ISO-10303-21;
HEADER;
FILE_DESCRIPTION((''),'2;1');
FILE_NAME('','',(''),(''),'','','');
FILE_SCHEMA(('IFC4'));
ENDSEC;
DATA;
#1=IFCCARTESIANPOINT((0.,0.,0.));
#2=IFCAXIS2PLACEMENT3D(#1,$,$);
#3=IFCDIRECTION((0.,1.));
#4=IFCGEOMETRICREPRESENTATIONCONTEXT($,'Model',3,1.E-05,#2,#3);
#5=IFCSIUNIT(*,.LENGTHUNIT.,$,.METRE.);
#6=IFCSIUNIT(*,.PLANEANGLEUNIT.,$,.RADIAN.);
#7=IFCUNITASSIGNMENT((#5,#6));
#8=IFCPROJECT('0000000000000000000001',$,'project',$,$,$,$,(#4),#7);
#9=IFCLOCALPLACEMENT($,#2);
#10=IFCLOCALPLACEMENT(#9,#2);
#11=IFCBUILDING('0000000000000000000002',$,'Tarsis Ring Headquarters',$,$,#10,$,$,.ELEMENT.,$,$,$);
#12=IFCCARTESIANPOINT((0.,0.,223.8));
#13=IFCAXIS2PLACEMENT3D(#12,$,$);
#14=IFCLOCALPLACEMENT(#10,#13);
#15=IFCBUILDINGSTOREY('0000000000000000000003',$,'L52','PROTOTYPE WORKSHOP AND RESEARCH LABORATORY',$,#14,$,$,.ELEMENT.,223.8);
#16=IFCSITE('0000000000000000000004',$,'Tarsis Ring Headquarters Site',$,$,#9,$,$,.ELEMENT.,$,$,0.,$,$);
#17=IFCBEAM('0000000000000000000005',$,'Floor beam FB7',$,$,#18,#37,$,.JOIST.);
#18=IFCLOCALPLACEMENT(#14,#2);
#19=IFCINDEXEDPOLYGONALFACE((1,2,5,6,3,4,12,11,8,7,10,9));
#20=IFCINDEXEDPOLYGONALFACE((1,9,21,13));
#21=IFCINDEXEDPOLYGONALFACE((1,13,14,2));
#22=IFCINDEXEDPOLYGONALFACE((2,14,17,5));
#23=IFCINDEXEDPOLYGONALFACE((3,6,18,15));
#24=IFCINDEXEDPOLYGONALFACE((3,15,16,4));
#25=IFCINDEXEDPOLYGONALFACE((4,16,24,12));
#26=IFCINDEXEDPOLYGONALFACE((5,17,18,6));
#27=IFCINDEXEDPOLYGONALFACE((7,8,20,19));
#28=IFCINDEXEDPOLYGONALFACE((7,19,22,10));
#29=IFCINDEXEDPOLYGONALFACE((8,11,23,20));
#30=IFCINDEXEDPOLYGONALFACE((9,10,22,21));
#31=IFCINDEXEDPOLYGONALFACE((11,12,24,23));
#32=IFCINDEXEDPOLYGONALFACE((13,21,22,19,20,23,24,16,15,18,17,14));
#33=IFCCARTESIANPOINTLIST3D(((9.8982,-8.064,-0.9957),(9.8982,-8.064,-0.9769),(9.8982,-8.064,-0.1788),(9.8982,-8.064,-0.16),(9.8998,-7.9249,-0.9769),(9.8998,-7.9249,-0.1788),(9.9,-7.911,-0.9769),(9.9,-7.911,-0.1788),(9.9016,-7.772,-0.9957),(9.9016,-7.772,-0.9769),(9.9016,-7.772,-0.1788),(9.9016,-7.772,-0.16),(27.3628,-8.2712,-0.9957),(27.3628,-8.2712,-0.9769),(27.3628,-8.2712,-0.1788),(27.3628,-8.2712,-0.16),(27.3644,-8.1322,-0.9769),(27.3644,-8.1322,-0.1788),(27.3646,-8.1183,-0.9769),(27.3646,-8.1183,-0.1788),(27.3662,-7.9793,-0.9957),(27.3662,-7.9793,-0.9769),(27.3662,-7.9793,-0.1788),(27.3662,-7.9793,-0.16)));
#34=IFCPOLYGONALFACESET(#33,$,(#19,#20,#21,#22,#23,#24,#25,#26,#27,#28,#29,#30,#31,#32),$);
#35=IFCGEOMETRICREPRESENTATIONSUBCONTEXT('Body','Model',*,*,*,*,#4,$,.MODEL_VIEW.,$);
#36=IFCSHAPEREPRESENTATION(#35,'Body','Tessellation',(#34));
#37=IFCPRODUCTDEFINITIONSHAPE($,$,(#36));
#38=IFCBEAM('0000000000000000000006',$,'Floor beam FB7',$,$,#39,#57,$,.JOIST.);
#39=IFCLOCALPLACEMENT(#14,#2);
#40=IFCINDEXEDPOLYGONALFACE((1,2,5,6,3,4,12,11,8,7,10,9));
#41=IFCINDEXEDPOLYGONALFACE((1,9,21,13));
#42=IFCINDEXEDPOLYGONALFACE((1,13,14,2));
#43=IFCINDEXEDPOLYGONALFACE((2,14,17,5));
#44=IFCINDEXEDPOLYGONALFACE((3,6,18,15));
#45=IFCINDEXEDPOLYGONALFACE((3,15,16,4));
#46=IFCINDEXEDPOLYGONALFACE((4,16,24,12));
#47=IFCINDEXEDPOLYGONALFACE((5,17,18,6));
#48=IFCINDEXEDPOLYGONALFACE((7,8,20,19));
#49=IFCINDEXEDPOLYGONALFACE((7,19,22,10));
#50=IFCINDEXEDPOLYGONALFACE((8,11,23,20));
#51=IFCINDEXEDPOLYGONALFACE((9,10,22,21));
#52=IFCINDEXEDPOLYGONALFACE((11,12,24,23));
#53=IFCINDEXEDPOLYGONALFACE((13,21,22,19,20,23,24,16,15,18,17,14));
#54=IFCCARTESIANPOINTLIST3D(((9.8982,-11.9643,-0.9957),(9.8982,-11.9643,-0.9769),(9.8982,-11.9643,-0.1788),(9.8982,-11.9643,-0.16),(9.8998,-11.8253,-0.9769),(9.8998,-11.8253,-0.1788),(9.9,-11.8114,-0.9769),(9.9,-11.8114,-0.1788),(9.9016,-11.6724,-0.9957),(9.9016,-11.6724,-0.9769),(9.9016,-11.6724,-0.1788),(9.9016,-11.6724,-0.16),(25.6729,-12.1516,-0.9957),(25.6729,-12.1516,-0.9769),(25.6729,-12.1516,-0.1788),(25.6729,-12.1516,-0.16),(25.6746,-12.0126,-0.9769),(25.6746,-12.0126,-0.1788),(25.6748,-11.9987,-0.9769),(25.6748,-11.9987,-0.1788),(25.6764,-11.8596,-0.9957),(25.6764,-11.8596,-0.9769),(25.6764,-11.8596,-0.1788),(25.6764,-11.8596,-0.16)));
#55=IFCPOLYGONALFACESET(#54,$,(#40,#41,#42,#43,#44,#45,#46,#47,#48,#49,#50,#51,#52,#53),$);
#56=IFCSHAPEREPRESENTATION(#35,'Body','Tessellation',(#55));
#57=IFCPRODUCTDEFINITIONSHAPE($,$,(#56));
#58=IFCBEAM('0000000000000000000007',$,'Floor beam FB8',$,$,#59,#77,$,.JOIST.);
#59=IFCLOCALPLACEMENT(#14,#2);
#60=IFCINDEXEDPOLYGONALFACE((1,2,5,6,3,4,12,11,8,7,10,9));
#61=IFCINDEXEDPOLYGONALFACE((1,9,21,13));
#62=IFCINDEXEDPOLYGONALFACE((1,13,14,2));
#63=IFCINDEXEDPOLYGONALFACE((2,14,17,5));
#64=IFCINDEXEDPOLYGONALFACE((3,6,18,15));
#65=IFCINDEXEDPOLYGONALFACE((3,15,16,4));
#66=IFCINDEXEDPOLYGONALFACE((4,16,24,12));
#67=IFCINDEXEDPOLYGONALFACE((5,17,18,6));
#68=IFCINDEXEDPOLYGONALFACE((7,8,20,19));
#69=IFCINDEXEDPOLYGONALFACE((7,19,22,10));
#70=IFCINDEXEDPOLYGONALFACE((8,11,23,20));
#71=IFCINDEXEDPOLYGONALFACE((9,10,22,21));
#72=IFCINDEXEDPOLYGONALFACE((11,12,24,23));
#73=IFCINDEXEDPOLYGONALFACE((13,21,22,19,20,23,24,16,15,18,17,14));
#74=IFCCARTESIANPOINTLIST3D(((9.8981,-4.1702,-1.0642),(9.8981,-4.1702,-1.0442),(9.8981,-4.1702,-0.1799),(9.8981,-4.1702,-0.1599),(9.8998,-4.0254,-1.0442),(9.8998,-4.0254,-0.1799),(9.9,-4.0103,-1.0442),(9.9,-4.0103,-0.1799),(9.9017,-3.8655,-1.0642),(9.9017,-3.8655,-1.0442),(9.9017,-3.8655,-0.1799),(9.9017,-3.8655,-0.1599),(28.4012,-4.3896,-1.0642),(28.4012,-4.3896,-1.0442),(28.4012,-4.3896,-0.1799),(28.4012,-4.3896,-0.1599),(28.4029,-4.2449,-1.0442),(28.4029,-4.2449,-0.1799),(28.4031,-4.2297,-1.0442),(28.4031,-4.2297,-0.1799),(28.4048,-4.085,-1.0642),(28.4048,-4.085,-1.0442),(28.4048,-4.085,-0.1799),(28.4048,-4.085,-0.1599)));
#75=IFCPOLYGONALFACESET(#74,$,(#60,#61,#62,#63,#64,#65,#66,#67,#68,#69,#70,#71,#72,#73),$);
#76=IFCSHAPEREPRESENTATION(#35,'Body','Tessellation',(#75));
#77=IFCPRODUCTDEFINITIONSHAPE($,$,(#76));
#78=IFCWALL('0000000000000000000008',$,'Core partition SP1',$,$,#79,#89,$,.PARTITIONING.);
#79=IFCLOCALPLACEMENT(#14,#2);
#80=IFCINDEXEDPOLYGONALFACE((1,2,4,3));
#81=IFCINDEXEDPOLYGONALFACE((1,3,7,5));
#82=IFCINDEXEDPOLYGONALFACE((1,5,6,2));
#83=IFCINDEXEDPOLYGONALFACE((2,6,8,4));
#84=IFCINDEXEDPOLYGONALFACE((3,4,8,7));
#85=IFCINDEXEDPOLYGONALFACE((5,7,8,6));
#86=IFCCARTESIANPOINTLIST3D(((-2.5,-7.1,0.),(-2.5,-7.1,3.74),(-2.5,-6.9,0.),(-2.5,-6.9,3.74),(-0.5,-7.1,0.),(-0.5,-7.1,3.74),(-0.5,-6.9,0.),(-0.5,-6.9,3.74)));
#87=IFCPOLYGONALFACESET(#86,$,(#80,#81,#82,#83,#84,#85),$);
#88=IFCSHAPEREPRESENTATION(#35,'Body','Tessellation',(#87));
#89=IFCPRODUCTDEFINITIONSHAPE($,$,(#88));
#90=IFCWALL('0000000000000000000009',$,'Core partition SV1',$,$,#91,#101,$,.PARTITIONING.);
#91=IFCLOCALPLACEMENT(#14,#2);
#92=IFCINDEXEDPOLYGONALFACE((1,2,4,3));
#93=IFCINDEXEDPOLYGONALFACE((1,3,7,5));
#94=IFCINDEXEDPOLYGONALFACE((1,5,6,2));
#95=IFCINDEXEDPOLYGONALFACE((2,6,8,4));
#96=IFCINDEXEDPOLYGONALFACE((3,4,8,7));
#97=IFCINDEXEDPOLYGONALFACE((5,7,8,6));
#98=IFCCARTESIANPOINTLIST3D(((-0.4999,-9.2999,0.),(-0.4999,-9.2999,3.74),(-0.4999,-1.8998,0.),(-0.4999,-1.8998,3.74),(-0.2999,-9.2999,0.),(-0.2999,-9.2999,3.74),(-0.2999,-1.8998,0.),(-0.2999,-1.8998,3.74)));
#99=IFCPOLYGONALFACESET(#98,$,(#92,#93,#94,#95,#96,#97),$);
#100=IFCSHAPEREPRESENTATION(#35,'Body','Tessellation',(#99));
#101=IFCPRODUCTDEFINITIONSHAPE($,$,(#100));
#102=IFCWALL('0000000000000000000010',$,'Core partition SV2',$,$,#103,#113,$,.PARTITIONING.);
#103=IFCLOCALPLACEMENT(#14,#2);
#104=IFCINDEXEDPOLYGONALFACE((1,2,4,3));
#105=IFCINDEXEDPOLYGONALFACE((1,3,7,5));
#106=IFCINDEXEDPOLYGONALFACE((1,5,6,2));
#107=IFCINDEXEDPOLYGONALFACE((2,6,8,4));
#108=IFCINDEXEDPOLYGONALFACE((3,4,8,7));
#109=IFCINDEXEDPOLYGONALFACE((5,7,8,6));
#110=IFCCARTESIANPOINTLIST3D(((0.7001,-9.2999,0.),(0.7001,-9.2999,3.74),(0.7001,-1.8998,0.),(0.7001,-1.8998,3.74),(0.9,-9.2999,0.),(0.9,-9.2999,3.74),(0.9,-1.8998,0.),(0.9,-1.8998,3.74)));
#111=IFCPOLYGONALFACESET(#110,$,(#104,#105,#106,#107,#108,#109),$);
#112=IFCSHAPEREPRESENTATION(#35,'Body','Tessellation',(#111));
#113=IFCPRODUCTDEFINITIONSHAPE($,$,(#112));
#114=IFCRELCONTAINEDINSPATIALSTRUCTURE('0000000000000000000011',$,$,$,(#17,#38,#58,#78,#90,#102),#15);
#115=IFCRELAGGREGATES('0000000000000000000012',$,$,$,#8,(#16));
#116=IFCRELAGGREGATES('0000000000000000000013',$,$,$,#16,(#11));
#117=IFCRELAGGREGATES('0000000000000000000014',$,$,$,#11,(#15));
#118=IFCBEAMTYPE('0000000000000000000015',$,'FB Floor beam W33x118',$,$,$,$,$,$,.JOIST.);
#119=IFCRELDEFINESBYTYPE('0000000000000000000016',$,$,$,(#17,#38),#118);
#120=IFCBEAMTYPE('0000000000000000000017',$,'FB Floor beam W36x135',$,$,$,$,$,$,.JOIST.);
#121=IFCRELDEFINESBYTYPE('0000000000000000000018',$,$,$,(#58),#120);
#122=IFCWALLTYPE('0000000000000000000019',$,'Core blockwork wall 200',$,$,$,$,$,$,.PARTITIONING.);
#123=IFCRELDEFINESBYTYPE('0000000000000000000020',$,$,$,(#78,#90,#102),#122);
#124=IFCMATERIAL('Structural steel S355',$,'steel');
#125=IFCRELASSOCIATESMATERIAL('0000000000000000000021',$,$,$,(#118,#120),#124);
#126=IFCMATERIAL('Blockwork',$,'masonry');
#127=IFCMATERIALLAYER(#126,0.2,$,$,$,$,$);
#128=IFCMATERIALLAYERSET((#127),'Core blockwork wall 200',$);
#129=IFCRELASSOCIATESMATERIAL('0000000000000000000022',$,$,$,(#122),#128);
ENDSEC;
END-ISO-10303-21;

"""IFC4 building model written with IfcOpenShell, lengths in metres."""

from ifc_helpers import new_model, si_unit, direction, frame, frame_2d, origin, origin_2d, place, context, subcontext, project, spatial, rectangle, i_section, extrude, material, layer, layer_set, material_profile, profile_set, type_object, element, save


model = new_model("IFC4")

# Units and contexts
model_context = context("Model", 3, precision=1e-05, world=origin(), true_north=direction((0.0, 1.0)))
body_context = subcontext(model_context, "Body", "Model", "MODEL_VIEW")
ifc_project = project(units=[si_unit("LENGTHUNIT", "METRE"), si_unit("PLANEANGLEUNIT", "RADIAN")], contexts=[model_context])

# Site, building, storey
site_placement = place(None, origin())
site = spatial("IfcSite", under=ifc_project, at=site_placement, Name="Tarsis Ring Headquarters Site", CompositionType="ELEMENT", RefElevation=0.0)
building_placement = place(site_placement, origin())
building = spatial("IfcBuilding", under=site, at=building_placement, Name="Tarsis Ring Headquarters", CompositionType="ELEMENT")
storey_placement = place(building_placement, frame((0.0, 0.0, 223.8)))
storey = spatial("IfcBuildingStorey", under=building, at=storey_placement, Name="L52", Description="PROTOTYPE WORKSHOP AND RESEARCH LABORATORY", CompositionType="ELEMENT", Elevation=223.8)

# Beams
ifc_material_1 = material(Name="Structural steel S355", Category="steel")
ifc_material_profile_1 = material_profile(ifc_material_1, i_section(OverallWidth=0.292, OverallDepth=0.8357, WebThickness=0.0139, FlangeThickness=0.0188, at=origin_2d()), Name="W33x118")
ifc_profile_set_1 = profile_set([ifc_material_profile_1], Name="Structural steel S355")
beam_type_1 = type_object("IfcBeamType", Name="FB Floor beam W33x118", PredefinedType="JOIST", material=ifc_profile_set_1)
beam_1_placement = place(storey_placement, frame((9.8999, -7.918, -0.5779), z_axis=(0.99993, -0.011867, 0.0), x_axis=(0.011867, 0.99993, 0.0)))
element("IfcBeam", 1, at=beam_1_placement, inside=storey, type_object=beam_type_1, Name="Floor beam FB7", PredefinedType="JOIST", context=body_context, shape_type="SweptSolid", body=[
    extrude(i_section(OverallWidth=0.292, OverallDepth=0.8357, WebThickness=0.0139, FlangeThickness=0.0188, at=origin_2d()), origin(), (0.0, 0.0, 1.0), 17.4658),
])
beam_2_placement = place(storey_placement, frame((9.8999, -11.8184, -0.5779), z_axis=(0.99993, -0.01187, 0.0), x_axis=(0.01187, 0.99993, 0.0)))
element("IfcBeam", 2, at=beam_2_placement, inside=storey, type_object=beam_type_1, Name="Floor beam FB7", PredefinedType="JOIST", context=body_context, shape_type="SweptSolid", body=[
    extrude(i_section(OverallWidth=0.292, OverallDepth=0.8357, WebThickness=0.0139, FlangeThickness=0.0188, at=origin_2d()), origin(), (0.0, 0.0, 1.0), 15.7759),
])
ifc_material_profile_2 = material_profile(ifc_material_1, i_section(OverallWidth=0.3047, OverallDepth=0.9043, WebThickness=0.0151, FlangeThickness=0.02, at=origin_2d()), Name="W36x135")
ifc_profile_set_2 = profile_set([ifc_material_profile_2], Name="Structural steel S355")
beam_type_2 = type_object("IfcBeamType", Name="FB Floor beam W36x135", PredefinedType="JOIST", material=ifc_profile_set_2)
beam_3_placement = place(storey_placement, frame((9.8999, -4.0178, -0.6121), z_axis=(0.99993, -0.011861, 0.0), x_axis=(0.011861, 0.99993, 0.0)))
element("IfcBeam", 3, at=beam_3_placement, inside=storey, type_object=beam_type_2, Name="Floor beam FB8", PredefinedType="JOIST", context=body_context, shape_type="SweptSolid", body=[
    extrude(i_section(OverallWidth=0.3047, OverallDepth=0.9043, WebThickness=0.0151, FlangeThickness=0.02, at=origin_2d()), origin(), (0.0, 0.0, 1.0), 18.5044),
])

# Walls
ifc_material_2 = material(Name="Blockwork", Category="masonry")
ifc_layer_1 = layer(ifc_material_2, 0.2)
ifc_layer_set_1 = layer_set([ifc_layer_1], Name="Core blockwork wall 200")
wall_type_1 = type_object("IfcWallType", Name="Core blockwork wall 200", PredefinedType="PARTITIONING", material=ifc_layer_set_1)
wall_1_placement = place(storey_placement, frame((-2.5, -7.0, 0.0), z_axis=(0.0, 0.0, 1.0), x_axis=(1.0, 0.0, 0.0)))
element("IfcWall", 4, at=wall_1_placement, inside=storey, type_object=wall_type_1, Name="Core partition SP1", PredefinedType="PARTITIONING", context=body_context, shape_type="SweptSolid", body=[
    extrude(rectangle(XDim=2.0, YDim=0.2, at=frame_2d((1.0, 0.0))), origin(), (0.0, 0.0, 1.0), 3.74),
])
for number, where, z_axis, x_axis, name in (
    (5, (-0.3999, -9.3, 0.0), (0.0, 0.0, 1.0), (0.0, 1.0, 0.0), "Core partition SV1"),
    (6, (0.8, -9.3, 0.0), (0.0, 0.0, 1.0), (0.0, 1.0, 0.0), "Core partition SV2"),
):
    element("IfcWall", number, at=place(storey_placement, frame(where, z_axis=z_axis, x_axis=x_axis)), inside=storey, type_object=wall_type_1, Name=name, PredefinedType="PARTITIONING", context=body_context, shape_type="SweptSolid", body=[
        extrude(rectangle(XDim=7.4001, YDim=0.2, at=frame_2d((3.7002, 0.0))), origin(), (0.0, 0.0, 1.0), 3.74),
    ])

save(model, "model.ifc")
